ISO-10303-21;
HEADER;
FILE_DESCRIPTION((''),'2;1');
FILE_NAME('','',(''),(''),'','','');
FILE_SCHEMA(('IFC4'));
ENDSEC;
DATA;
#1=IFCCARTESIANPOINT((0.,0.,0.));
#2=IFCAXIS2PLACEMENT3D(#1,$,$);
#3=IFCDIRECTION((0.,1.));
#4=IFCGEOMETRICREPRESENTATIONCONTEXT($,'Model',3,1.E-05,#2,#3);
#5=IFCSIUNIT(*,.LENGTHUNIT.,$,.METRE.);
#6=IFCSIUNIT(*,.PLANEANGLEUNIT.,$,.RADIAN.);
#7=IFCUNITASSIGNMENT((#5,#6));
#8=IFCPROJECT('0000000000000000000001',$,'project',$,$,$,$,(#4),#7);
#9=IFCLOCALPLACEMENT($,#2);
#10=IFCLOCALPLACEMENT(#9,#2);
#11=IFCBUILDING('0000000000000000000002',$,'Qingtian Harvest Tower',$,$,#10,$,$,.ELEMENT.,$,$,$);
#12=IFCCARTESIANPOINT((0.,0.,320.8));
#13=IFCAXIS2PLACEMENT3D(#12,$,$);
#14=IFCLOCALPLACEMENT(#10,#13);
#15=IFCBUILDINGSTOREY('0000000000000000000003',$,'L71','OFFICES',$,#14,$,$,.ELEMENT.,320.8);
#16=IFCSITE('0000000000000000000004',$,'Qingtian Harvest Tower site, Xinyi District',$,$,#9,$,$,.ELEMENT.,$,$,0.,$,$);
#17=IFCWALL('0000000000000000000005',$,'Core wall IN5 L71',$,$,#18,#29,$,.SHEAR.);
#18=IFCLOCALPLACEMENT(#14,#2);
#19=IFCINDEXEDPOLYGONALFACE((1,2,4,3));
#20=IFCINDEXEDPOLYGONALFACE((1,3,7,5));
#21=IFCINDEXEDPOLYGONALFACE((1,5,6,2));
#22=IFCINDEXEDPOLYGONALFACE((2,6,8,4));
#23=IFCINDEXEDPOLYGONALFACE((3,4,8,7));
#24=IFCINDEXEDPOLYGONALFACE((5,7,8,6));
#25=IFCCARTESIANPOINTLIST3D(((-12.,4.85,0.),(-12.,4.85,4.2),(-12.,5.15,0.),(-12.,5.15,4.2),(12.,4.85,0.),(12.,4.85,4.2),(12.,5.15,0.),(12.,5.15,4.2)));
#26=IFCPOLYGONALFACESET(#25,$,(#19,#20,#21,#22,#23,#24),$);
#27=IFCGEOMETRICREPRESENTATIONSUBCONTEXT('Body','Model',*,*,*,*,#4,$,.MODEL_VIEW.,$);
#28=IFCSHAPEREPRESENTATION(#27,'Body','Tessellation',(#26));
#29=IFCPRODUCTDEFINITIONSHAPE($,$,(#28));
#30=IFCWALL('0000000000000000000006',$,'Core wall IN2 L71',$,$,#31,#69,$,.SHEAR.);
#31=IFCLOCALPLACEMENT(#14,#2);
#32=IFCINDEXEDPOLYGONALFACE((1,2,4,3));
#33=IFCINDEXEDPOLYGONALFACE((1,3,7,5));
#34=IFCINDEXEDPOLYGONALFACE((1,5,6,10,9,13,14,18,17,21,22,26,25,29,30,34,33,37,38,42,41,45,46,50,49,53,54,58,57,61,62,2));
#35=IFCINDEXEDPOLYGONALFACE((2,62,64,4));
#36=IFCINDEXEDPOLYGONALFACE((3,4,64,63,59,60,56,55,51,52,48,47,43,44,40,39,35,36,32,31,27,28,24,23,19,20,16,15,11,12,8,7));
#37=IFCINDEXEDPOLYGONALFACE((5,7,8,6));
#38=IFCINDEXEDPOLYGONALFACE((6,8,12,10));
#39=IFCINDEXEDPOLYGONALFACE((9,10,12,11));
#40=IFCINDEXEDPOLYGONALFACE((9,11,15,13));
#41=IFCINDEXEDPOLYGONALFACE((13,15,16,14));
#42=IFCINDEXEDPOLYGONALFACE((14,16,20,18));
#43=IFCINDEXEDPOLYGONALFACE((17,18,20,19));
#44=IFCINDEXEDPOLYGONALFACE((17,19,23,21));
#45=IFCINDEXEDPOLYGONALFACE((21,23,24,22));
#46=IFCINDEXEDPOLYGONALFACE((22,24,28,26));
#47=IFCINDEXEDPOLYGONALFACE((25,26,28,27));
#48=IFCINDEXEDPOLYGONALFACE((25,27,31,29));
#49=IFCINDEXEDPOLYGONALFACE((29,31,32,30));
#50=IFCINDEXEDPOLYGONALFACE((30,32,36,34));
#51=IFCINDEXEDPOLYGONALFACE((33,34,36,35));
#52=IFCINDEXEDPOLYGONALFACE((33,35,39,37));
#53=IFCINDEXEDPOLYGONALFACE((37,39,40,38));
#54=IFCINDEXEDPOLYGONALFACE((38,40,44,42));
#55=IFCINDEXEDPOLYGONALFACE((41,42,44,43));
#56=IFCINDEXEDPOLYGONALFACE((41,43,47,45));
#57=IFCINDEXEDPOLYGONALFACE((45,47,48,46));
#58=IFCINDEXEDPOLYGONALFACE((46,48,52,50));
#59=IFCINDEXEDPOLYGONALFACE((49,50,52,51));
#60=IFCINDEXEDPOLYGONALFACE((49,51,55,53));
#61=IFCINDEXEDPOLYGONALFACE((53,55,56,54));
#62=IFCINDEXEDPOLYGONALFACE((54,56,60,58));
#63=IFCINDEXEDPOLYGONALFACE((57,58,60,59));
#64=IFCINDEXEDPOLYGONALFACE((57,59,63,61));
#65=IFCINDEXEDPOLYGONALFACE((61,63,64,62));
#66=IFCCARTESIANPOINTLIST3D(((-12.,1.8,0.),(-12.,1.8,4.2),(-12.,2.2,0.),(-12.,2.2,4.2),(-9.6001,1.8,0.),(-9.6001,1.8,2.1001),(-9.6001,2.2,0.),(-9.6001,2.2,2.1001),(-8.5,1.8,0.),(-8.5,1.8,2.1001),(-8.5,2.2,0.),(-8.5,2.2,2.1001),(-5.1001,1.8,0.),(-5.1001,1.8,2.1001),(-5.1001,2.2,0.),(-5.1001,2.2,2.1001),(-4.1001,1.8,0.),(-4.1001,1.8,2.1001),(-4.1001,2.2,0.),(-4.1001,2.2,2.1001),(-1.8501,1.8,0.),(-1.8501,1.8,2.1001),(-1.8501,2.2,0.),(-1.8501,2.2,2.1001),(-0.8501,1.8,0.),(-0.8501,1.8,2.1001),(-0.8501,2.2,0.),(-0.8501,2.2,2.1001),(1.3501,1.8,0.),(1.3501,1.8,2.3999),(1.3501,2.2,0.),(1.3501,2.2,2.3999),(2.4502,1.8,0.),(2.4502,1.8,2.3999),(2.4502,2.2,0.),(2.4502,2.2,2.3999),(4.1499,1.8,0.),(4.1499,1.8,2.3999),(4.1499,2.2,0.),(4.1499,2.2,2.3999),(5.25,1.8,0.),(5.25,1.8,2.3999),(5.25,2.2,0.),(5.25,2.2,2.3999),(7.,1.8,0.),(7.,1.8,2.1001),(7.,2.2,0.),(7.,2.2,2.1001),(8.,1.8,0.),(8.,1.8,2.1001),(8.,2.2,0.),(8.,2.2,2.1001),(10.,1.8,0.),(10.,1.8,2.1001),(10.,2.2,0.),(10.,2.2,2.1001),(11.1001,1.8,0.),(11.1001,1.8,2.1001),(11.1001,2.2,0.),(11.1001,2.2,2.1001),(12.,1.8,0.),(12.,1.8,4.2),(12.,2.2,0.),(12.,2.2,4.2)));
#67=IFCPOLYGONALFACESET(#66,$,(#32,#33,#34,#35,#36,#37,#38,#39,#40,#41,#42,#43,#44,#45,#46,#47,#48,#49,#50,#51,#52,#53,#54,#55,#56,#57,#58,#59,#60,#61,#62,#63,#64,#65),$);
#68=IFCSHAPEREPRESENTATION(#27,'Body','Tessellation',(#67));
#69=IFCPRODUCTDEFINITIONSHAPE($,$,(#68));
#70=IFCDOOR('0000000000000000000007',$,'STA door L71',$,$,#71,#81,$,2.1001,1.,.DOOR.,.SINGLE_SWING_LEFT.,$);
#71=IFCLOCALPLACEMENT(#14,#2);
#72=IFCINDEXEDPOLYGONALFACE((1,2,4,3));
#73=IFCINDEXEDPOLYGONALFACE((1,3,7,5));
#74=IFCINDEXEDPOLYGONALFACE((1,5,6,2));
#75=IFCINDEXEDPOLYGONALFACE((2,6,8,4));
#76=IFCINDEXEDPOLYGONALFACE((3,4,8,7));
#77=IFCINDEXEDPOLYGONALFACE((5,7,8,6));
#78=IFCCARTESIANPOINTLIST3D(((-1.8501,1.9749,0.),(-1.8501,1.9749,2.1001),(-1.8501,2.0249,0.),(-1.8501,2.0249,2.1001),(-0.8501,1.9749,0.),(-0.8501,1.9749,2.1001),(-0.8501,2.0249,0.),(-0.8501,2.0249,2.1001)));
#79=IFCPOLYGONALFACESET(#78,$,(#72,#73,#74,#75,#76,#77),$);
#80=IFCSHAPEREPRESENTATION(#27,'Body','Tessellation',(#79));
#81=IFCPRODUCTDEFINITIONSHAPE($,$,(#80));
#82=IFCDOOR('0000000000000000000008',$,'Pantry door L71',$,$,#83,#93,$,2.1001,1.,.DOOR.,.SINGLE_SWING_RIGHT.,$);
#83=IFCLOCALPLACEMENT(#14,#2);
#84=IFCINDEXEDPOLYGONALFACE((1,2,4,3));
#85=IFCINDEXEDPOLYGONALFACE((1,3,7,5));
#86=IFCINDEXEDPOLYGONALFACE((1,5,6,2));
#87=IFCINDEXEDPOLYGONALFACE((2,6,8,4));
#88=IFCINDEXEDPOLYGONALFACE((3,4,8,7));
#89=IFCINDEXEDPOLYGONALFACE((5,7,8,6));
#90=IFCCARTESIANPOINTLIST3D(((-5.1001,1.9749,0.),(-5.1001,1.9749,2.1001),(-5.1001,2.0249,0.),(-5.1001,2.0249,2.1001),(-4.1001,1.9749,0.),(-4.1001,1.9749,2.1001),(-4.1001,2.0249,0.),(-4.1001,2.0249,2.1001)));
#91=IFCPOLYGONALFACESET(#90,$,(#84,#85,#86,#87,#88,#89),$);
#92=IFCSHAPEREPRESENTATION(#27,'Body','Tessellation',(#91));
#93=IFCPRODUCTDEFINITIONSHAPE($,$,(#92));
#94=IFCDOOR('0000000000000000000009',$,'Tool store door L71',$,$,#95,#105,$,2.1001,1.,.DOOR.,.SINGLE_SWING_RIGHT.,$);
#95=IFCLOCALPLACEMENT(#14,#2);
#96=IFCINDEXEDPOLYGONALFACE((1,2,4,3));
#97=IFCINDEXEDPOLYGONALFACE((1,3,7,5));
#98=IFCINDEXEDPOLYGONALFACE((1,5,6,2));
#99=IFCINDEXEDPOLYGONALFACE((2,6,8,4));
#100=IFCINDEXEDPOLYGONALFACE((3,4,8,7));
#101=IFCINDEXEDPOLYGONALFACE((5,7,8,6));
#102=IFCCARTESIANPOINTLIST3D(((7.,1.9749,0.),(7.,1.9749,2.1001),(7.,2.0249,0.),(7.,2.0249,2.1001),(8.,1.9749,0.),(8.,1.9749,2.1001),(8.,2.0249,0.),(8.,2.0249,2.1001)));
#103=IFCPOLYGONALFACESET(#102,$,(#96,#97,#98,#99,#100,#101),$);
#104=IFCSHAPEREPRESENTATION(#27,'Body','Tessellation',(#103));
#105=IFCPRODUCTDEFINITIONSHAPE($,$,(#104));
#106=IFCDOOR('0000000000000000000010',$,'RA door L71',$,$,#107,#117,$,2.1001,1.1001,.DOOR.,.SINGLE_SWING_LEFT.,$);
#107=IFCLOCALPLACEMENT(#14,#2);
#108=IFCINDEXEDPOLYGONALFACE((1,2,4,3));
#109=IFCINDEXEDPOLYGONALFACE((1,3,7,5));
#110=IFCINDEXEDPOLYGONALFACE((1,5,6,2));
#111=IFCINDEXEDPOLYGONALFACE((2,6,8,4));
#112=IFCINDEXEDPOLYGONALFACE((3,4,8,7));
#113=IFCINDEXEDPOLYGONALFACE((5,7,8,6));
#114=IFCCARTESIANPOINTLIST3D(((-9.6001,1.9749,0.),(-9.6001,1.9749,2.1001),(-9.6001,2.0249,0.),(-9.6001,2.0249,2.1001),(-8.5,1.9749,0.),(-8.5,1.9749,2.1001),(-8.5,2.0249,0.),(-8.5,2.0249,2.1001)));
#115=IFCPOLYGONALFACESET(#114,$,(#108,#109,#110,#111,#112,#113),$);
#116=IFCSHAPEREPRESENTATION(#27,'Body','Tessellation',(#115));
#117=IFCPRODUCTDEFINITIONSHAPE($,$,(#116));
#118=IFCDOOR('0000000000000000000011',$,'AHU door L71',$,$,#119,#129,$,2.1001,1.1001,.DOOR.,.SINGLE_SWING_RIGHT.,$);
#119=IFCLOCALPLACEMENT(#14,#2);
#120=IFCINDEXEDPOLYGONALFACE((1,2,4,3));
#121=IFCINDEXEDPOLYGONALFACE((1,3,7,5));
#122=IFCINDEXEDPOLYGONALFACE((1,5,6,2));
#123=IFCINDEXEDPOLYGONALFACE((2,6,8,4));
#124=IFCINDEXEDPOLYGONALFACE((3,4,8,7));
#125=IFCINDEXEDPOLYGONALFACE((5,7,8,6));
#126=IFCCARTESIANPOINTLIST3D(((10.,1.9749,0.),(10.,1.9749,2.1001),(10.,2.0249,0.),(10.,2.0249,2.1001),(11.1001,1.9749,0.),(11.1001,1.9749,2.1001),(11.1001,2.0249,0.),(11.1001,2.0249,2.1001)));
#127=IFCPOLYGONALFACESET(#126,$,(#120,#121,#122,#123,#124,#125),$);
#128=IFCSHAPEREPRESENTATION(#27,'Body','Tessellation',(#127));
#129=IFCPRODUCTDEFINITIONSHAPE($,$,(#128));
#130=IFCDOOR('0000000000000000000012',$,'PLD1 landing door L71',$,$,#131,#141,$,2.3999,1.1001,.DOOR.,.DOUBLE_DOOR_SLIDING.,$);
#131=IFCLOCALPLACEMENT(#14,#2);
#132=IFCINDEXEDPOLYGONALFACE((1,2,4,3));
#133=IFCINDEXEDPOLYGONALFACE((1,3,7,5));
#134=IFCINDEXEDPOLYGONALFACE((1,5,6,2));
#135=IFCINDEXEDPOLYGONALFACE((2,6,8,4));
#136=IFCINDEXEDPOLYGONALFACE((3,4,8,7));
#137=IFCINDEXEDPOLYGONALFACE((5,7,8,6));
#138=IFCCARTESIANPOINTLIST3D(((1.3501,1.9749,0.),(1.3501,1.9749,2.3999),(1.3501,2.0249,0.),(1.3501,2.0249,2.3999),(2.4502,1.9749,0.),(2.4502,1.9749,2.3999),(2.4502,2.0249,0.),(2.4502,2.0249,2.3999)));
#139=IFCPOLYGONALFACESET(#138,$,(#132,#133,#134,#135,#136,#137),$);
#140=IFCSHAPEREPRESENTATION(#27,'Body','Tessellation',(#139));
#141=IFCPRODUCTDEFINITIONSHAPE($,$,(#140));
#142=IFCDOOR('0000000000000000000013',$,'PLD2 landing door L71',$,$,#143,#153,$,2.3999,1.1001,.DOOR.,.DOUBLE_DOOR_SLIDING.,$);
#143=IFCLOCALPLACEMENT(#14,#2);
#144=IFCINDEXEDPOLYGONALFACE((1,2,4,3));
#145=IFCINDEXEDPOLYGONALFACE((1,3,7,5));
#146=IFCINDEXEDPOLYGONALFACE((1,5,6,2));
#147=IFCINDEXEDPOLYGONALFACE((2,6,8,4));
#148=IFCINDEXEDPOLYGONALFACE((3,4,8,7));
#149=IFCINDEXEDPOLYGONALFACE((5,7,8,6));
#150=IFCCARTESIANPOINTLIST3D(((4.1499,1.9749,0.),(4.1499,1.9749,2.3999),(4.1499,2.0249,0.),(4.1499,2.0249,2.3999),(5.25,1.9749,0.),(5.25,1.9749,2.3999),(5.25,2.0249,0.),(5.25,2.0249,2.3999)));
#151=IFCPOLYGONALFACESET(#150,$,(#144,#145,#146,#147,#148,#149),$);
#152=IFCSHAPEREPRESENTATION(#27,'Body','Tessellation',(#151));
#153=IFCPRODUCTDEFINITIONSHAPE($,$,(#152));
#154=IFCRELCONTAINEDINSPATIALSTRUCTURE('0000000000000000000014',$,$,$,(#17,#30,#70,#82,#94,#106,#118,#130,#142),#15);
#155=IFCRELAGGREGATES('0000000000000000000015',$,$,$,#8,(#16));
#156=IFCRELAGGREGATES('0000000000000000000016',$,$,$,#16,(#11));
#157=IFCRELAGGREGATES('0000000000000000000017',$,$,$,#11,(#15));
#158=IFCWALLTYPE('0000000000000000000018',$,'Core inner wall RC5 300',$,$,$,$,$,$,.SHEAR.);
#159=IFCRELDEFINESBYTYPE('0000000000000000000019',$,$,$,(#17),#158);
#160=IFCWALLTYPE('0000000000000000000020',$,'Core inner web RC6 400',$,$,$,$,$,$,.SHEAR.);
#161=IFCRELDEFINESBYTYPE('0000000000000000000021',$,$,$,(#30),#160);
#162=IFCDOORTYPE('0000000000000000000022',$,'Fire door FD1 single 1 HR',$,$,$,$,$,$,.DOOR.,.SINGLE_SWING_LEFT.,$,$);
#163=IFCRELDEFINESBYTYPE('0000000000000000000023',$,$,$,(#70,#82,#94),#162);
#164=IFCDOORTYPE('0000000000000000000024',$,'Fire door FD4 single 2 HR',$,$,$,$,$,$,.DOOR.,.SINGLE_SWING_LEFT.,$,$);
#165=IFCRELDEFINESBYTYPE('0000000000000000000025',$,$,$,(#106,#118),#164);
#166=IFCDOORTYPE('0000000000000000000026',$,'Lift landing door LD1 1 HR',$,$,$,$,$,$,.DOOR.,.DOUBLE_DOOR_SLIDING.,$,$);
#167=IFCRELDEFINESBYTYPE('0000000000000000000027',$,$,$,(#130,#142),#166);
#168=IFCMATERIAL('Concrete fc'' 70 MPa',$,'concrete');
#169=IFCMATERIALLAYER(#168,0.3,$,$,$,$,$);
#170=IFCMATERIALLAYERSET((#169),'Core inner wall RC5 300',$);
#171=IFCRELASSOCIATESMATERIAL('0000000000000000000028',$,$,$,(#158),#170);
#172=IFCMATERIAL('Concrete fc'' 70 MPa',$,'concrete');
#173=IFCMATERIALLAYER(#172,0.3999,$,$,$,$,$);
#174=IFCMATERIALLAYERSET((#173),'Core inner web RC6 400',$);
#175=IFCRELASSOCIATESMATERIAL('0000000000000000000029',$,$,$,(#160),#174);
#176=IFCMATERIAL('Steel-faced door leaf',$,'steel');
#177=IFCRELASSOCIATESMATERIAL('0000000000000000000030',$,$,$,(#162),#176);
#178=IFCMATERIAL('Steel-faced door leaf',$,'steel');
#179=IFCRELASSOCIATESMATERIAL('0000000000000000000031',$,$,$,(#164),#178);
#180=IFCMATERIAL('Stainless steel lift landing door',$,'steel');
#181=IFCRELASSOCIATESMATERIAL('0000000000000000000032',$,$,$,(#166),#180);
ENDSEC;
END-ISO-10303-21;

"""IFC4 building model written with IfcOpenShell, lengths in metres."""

from ifc_helpers import new_model, si_unit, direction, frame, frame_2d, origin, place, context, subcontext, project, spatial, rectangle, extrude, material, layer, layer_set, type_object, element, fill, save


model = new_model("IFC4")

# Units and contexts
model_context = context("Model", 3, precision=1e-05, world=origin(), true_north=direction((0.0, 1.0)))
body_context = subcontext(model_context, "Body", "Model", "MODEL_VIEW")
ifc_project = project(units=[si_unit("LENGTHUNIT", "METRE"), si_unit("PLANEANGLEUNIT", "RADIAN")], contexts=[model_context])

# Site, building, storey
site_placement = place(None, origin())
site = spatial("IfcSite", under=ifc_project, at=site_placement, Name="Qingtian Harvest Tower site, Xinyi District", CompositionType="ELEMENT", RefElevation=0.0)
building_placement = place(site_placement, origin())
building = spatial("IfcBuilding", under=site, at=building_placement, Name="Qingtian Harvest Tower", CompositionType="ELEMENT")
storey_placement = place(building_placement, frame((0.0, 0.0, 320.8)))
storey = spatial("IfcBuildingStorey", under=building, at=storey_placement, Name="L71", Description="OFFICES", CompositionType="ELEMENT", Elevation=320.8)

# Wall
ifc_material_1 = material(Name="Concrete fc' 70 MPa", Category="concrete")
ifc_layer_1 = layer(ifc_material_1, 0.3)
ifc_layer_set_1 = layer_set([ifc_layer_1], Name="Core inner wall RC5 300")
wall_type_1 = type_object("IfcWallType", Name="Core inner wall RC5 300", PredefinedType="SHEAR", material=ifc_layer_set_1)
wall_1_placement = place(storey_placement, frame((-12.0, 5.0, 0.0), z_axis=(0.0, 0.0, 1.0), x_axis=(1.0, 0.0, 0.0)))
element("IfcWall", 1, at=wall_1_placement, inside=storey, type_object=wall_type_1, Name="Core wall IN5 L71", PredefinedType="SHEAR", context=body_context, shape_type="SweptSolid", body=[
    extrude(rectangle(XDim=24.0, YDim=0.3, at=frame_2d((12.0, 0.0))), origin(), (0.0, 0.0, 1.0), 4.2),
])

# Wall, openings, doors
ifc_material_2 = material(Name="Concrete fc' 70 MPa", Category="concrete")
ifc_layer_2 = layer(ifc_material_2, 0.3999)
ifc_layer_set_2 = layer_set([ifc_layer_2], Name="Core inner web RC6 400")
wall_type_2 = type_object("IfcWallType", Name="Core inner web RC6 400", PredefinedType="SHEAR", material=ifc_layer_set_2)
wall_2_placement = place(storey_placement, frame((-12.0, 2.0, 0.0), z_axis=(0.0, 0.0, 1.0), x_axis=(1.0, 0.0, 0.0)))
wall_2 = element("IfcWall", 2, at=wall_2_placement, inside=storey, type_object=wall_type_2, Name="Core wall IN2 L71", PredefinedType="SHEAR", context=body_context, shape_type="SweptSolid", body=[
    extrude(rectangle(XDim=24.0, YDim=0.3999, at=frame_2d((12.0, 0.0))), origin(), (0.0, 0.0, 1.0), 4.2),
])
opening_1_placement = place(wall_2_placement, frame((2.3999, 0.0, 0.0)))
opening_1 = element("IfcOpeningElement", 3, at=opening_1_placement, cuts=wall_2, PredefinedType="OPENING", context=body_context, shape_type="SweptSolid", body=[
    extrude(rectangle(XDim=1.1001, YDim=2.1001, at=frame_2d((0.55, 1.05))), frame((0.0, 0.21, 0.0), z_axis=(0.0, -1.0, 0.0), x_axis=(1.0, 0.0, 0.0)), (0.0, 0.0, 1.0), 0.4199),
])
opening_2_placement = place(wall_2_placement, frame((22.0, 0.0, 0.0)))
opening_2 = element("IfcOpeningElement", 4, at=opening_2_placement, cuts=wall_2, PredefinedType="OPENING", context=body_context, shape_type="SweptSolid", body=[
    extrude(rectangle(XDim=1.1001, YDim=2.1001, at=frame_2d((0.55, 1.05))), frame((0.0, 0.21, 0.0), z_axis=(0.0, -1.0, 0.0), x_axis=(1.0, 0.0, 0.0)), (0.0, 0.0, 1.0), 0.4199),
])
opening_3_placement = place(wall_2_placement, frame((10.1499, 0.0, 0.0)))
opening_3 = element("IfcOpeningElement", 5, at=opening_3_placement, cuts=wall_2, PredefinedType="OPENING", context=body_context, shape_type="SweptSolid", body=[
    extrude(rectangle(XDim=1.0, YDim=2.1001, at=frame_2d((0.5, 1.05))), frame((0.0, 0.21, 0.0), z_axis=(0.0, -1.0, 0.0), x_axis=(1.0, 0.0, 0.0)), (0.0, 0.0, 1.0), 0.4199),
])
opening_4_placement = place(wall_2_placement, frame((6.8999, 0.0, 0.0)))
opening_4 = element("IfcOpeningElement", 6, at=opening_4_placement, cuts=wall_2, PredefinedType="OPENING", context=body_context, shape_type="SweptSolid", body=[
    extrude(rectangle(XDim=1.0, YDim=2.1001, at=frame_2d((0.5, 1.05))), frame((0.0, 0.21, 0.0), z_axis=(0.0, -1.0, 0.0), x_axis=(1.0, 0.0, 0.0)), (0.0, 0.0, 1.0), 0.4199),
])
opening_5_placement = place(wall_2_placement, frame((13.3501, 0.0, 0.0)))
opening_5 = element("IfcOpeningElement", 7, at=opening_5_placement, cuts=wall_2, PredefinedType="OPENING", context=body_context, shape_type="SweptSolid", body=[
    extrude(rectangle(XDim=1.1001, YDim=2.3999, at=frame_2d((0.55, 1.2))), frame((0.0, 0.21, 0.0), z_axis=(0.0, -1.0, 0.0), x_axis=(1.0, 0.0, 0.0)), (0.0, 0.0, 1.0), 0.4199),
])
opening_6_placement = place(wall_2_placement, frame((16.1499, 0.0, 0.0)))
opening_6 = element("IfcOpeningElement", 8, at=opening_6_placement, cuts=wall_2, PredefinedType="OPENING", context=body_context, shape_type="SweptSolid", body=[
    extrude(rectangle(XDim=1.1001, YDim=2.3999, at=frame_2d((0.55, 1.2))), frame((0.0, 0.21, 0.0), z_axis=(0.0, -1.0, 0.0), x_axis=(1.0, 0.0, 0.0)), (0.0, 0.0, 1.0), 0.4199),
])
opening_7_placement = place(wall_2_placement, frame((19.0, 0.0, 0.0)))
opening_7 = element("IfcOpeningElement", 9, at=opening_7_placement, cuts=wall_2, PredefinedType="OPENING", context=body_context, shape_type="SweptSolid", body=[
    extrude(rectangle(XDim=1.0, YDim=2.1001, at=frame_2d((0.5, 1.05))), frame((0.0, 0.21, 0.0), z_axis=(0.0, -1.0, 0.0), x_axis=(1.0, 0.0, 0.0)), (0.0, 0.0, 1.0), 0.4199),
])
ifc_material_3 = material(Name="Steel-faced door leaf", Category="steel")
door_type_1 = type_object("IfcDoorType", Name="Fire door FD1 single 1 HR", OperationType="SINGLE_SWING_LEFT", PredefinedType="DOOR", material=ifc_material_3)
door_1_placement = place(opening_3_placement, origin())
door_1 = element("IfcDoor", 10, at=door_1_placement, inside=storey, type_object=door_type_1, Name="STA door L71", OperationType="SINGLE_SWING_LEFT", OverallHeight=2.1001, OverallWidth=1.0, PredefinedType="DOOR", context=body_context, shape_type="SweptSolid", body=[
    extrude(rectangle(XDim=1.0, YDim=2.1001, at=frame_2d((0.5, 1.05))), frame((0.0, 0.0249, 0.0), z_axis=(0.0, -1.0, 0.0), x_axis=(1.0, 0.0, 0.0)), (0.0, 0.0, 1.0), 0.05),
])
fill(opening_3, door_1)
door_2_placement = place(opening_4_placement, origin())
door_2 = element("IfcDoor", 11, at=door_2_placement, inside=storey, type_object=door_type_1, Name="Pantry door L71", OperationType="SINGLE_SWING_RIGHT", OverallHeight=2.1001, OverallWidth=1.0, PredefinedType="DOOR", context=body_context, shape_type="SweptSolid", body=[
    extrude(rectangle(XDim=1.0, YDim=2.1001, at=frame_2d((0.5, 1.05))), frame((0.0, 0.0249, 0.0), z_axis=(0.0, -1.0, 0.0), x_axis=(1.0, 0.0, 0.0)), (0.0, 0.0, 1.0), 0.05),
])
fill(opening_4, door_2)
door_3_placement = place(opening_7_placement, origin())
door_3 = element("IfcDoor", 12, at=door_3_placement, inside=storey, type_object=door_type_1, Name="Tool store door L71", OperationType="SINGLE_SWING_RIGHT", OverallHeight=2.1001, OverallWidth=1.0, PredefinedType="DOOR", context=body_context, shape_type="SweptSolid", body=[
    extrude(rectangle(XDim=1.0, YDim=2.1001, at=frame_2d((0.5, 1.05))), frame((0.0, 0.0249, 0.0), z_axis=(0.0, -1.0, 0.0), x_axis=(1.0, 0.0, 0.0)), (0.0, 0.0, 1.0), 0.05),
])
fill(opening_7, door_3)
ifc_material_4 = material(Name="Steel-faced door leaf", Category="steel")
door_type_2 = type_object("IfcDoorType", Name="Fire door FD4 single 2 HR", OperationType="SINGLE_SWING_LEFT", PredefinedType="DOOR", material=ifc_material_4)
door_4_placement = place(opening_1_placement, origin())
door_4 = element("IfcDoor", 13, at=door_4_placement, inside=storey, type_object=door_type_2, Name="RA door L71", OperationType="SINGLE_SWING_LEFT", OverallHeight=2.1001, OverallWidth=1.1001, PredefinedType="DOOR", context=body_context, shape_type="SweptSolid", body=[
    extrude(rectangle(XDim=1.1001, YDim=2.1001, at=frame_2d((0.55, 1.05))), frame((0.0, 0.0249, 0.0), z_axis=(0.0, -1.0, 0.0), x_axis=(1.0, 0.0, 0.0)), (0.0, 0.0, 1.0), 0.05),
])
fill(opening_1, door_4)
door_5_placement = place(opening_2_placement, origin())
door_5 = element("IfcDoor", 14, at=door_5_placement, inside=storey, type_object=door_type_2, Name="AHU door L71", OperationType="SINGLE_SWING_RIGHT", OverallHeight=2.1001, OverallWidth=1.1001, PredefinedType="DOOR", context=body_context, shape_type="SweptSolid", body=[
    extrude(rectangle(XDim=1.1001, YDim=2.1001, at=frame_2d((0.55, 1.05))), frame((0.0, 0.0249, 0.0), z_axis=(0.0, -1.0, 0.0), x_axis=(1.0, 0.0, 0.0)), (0.0, 0.0, 1.0), 0.05),
])
fill(opening_2, door_5)
ifc_material_5 = material(Name="Stainless steel lift landing door", Category="steel")
door_type_3 = type_object("IfcDoorType", Name="Lift landing door LD1 1 HR", OperationType="DOUBLE_DOOR_SLIDING", PredefinedType="DOOR", material=ifc_material_5)
door_6_placement = place(opening_5_placement, origin())
door_6 = element("IfcDoor", 15, at=door_6_placement, inside=storey, type_object=door_type_3, Name="PLD1 landing door L71", OperationType="DOUBLE_DOOR_SLIDING", OverallHeight=2.3999, OverallWidth=1.1001, PredefinedType="DOOR", context=body_context, shape_type="SweptSolid", body=[
    extrude(rectangle(XDim=1.1001, YDim=2.3999, at=frame_2d((0.55, 1.2))), frame((0.0, 0.0249, 0.0), z_axis=(0.0, -1.0, 0.0), x_axis=(1.0, 0.0, 0.0)), (0.0, 0.0, 1.0), 0.05),
])
fill(opening_5, door_6)
door_7_placement = place(opening_6_placement, origin())
door_7 = element("IfcDoor", 16, at=door_7_placement, inside=storey, type_object=door_type_3, Name="PLD2 landing door L71", OperationType="DOUBLE_DOOR_SLIDING", OverallHeight=2.3999, OverallWidth=1.1001, PredefinedType="DOOR", context=body_context, shape_type="SweptSolid", body=[
    extrude(rectangle(XDim=1.1001, YDim=2.3999, at=frame_2d((0.55, 1.2))), frame((0.0, 0.0249, 0.0), z_axis=(0.0, -1.0, 0.0), x_axis=(1.0, 0.0, 0.0)), (0.0, 0.0, 1.0), 0.05),
])
fill(opening_6, door_7)

save(model, "model.ifc")
